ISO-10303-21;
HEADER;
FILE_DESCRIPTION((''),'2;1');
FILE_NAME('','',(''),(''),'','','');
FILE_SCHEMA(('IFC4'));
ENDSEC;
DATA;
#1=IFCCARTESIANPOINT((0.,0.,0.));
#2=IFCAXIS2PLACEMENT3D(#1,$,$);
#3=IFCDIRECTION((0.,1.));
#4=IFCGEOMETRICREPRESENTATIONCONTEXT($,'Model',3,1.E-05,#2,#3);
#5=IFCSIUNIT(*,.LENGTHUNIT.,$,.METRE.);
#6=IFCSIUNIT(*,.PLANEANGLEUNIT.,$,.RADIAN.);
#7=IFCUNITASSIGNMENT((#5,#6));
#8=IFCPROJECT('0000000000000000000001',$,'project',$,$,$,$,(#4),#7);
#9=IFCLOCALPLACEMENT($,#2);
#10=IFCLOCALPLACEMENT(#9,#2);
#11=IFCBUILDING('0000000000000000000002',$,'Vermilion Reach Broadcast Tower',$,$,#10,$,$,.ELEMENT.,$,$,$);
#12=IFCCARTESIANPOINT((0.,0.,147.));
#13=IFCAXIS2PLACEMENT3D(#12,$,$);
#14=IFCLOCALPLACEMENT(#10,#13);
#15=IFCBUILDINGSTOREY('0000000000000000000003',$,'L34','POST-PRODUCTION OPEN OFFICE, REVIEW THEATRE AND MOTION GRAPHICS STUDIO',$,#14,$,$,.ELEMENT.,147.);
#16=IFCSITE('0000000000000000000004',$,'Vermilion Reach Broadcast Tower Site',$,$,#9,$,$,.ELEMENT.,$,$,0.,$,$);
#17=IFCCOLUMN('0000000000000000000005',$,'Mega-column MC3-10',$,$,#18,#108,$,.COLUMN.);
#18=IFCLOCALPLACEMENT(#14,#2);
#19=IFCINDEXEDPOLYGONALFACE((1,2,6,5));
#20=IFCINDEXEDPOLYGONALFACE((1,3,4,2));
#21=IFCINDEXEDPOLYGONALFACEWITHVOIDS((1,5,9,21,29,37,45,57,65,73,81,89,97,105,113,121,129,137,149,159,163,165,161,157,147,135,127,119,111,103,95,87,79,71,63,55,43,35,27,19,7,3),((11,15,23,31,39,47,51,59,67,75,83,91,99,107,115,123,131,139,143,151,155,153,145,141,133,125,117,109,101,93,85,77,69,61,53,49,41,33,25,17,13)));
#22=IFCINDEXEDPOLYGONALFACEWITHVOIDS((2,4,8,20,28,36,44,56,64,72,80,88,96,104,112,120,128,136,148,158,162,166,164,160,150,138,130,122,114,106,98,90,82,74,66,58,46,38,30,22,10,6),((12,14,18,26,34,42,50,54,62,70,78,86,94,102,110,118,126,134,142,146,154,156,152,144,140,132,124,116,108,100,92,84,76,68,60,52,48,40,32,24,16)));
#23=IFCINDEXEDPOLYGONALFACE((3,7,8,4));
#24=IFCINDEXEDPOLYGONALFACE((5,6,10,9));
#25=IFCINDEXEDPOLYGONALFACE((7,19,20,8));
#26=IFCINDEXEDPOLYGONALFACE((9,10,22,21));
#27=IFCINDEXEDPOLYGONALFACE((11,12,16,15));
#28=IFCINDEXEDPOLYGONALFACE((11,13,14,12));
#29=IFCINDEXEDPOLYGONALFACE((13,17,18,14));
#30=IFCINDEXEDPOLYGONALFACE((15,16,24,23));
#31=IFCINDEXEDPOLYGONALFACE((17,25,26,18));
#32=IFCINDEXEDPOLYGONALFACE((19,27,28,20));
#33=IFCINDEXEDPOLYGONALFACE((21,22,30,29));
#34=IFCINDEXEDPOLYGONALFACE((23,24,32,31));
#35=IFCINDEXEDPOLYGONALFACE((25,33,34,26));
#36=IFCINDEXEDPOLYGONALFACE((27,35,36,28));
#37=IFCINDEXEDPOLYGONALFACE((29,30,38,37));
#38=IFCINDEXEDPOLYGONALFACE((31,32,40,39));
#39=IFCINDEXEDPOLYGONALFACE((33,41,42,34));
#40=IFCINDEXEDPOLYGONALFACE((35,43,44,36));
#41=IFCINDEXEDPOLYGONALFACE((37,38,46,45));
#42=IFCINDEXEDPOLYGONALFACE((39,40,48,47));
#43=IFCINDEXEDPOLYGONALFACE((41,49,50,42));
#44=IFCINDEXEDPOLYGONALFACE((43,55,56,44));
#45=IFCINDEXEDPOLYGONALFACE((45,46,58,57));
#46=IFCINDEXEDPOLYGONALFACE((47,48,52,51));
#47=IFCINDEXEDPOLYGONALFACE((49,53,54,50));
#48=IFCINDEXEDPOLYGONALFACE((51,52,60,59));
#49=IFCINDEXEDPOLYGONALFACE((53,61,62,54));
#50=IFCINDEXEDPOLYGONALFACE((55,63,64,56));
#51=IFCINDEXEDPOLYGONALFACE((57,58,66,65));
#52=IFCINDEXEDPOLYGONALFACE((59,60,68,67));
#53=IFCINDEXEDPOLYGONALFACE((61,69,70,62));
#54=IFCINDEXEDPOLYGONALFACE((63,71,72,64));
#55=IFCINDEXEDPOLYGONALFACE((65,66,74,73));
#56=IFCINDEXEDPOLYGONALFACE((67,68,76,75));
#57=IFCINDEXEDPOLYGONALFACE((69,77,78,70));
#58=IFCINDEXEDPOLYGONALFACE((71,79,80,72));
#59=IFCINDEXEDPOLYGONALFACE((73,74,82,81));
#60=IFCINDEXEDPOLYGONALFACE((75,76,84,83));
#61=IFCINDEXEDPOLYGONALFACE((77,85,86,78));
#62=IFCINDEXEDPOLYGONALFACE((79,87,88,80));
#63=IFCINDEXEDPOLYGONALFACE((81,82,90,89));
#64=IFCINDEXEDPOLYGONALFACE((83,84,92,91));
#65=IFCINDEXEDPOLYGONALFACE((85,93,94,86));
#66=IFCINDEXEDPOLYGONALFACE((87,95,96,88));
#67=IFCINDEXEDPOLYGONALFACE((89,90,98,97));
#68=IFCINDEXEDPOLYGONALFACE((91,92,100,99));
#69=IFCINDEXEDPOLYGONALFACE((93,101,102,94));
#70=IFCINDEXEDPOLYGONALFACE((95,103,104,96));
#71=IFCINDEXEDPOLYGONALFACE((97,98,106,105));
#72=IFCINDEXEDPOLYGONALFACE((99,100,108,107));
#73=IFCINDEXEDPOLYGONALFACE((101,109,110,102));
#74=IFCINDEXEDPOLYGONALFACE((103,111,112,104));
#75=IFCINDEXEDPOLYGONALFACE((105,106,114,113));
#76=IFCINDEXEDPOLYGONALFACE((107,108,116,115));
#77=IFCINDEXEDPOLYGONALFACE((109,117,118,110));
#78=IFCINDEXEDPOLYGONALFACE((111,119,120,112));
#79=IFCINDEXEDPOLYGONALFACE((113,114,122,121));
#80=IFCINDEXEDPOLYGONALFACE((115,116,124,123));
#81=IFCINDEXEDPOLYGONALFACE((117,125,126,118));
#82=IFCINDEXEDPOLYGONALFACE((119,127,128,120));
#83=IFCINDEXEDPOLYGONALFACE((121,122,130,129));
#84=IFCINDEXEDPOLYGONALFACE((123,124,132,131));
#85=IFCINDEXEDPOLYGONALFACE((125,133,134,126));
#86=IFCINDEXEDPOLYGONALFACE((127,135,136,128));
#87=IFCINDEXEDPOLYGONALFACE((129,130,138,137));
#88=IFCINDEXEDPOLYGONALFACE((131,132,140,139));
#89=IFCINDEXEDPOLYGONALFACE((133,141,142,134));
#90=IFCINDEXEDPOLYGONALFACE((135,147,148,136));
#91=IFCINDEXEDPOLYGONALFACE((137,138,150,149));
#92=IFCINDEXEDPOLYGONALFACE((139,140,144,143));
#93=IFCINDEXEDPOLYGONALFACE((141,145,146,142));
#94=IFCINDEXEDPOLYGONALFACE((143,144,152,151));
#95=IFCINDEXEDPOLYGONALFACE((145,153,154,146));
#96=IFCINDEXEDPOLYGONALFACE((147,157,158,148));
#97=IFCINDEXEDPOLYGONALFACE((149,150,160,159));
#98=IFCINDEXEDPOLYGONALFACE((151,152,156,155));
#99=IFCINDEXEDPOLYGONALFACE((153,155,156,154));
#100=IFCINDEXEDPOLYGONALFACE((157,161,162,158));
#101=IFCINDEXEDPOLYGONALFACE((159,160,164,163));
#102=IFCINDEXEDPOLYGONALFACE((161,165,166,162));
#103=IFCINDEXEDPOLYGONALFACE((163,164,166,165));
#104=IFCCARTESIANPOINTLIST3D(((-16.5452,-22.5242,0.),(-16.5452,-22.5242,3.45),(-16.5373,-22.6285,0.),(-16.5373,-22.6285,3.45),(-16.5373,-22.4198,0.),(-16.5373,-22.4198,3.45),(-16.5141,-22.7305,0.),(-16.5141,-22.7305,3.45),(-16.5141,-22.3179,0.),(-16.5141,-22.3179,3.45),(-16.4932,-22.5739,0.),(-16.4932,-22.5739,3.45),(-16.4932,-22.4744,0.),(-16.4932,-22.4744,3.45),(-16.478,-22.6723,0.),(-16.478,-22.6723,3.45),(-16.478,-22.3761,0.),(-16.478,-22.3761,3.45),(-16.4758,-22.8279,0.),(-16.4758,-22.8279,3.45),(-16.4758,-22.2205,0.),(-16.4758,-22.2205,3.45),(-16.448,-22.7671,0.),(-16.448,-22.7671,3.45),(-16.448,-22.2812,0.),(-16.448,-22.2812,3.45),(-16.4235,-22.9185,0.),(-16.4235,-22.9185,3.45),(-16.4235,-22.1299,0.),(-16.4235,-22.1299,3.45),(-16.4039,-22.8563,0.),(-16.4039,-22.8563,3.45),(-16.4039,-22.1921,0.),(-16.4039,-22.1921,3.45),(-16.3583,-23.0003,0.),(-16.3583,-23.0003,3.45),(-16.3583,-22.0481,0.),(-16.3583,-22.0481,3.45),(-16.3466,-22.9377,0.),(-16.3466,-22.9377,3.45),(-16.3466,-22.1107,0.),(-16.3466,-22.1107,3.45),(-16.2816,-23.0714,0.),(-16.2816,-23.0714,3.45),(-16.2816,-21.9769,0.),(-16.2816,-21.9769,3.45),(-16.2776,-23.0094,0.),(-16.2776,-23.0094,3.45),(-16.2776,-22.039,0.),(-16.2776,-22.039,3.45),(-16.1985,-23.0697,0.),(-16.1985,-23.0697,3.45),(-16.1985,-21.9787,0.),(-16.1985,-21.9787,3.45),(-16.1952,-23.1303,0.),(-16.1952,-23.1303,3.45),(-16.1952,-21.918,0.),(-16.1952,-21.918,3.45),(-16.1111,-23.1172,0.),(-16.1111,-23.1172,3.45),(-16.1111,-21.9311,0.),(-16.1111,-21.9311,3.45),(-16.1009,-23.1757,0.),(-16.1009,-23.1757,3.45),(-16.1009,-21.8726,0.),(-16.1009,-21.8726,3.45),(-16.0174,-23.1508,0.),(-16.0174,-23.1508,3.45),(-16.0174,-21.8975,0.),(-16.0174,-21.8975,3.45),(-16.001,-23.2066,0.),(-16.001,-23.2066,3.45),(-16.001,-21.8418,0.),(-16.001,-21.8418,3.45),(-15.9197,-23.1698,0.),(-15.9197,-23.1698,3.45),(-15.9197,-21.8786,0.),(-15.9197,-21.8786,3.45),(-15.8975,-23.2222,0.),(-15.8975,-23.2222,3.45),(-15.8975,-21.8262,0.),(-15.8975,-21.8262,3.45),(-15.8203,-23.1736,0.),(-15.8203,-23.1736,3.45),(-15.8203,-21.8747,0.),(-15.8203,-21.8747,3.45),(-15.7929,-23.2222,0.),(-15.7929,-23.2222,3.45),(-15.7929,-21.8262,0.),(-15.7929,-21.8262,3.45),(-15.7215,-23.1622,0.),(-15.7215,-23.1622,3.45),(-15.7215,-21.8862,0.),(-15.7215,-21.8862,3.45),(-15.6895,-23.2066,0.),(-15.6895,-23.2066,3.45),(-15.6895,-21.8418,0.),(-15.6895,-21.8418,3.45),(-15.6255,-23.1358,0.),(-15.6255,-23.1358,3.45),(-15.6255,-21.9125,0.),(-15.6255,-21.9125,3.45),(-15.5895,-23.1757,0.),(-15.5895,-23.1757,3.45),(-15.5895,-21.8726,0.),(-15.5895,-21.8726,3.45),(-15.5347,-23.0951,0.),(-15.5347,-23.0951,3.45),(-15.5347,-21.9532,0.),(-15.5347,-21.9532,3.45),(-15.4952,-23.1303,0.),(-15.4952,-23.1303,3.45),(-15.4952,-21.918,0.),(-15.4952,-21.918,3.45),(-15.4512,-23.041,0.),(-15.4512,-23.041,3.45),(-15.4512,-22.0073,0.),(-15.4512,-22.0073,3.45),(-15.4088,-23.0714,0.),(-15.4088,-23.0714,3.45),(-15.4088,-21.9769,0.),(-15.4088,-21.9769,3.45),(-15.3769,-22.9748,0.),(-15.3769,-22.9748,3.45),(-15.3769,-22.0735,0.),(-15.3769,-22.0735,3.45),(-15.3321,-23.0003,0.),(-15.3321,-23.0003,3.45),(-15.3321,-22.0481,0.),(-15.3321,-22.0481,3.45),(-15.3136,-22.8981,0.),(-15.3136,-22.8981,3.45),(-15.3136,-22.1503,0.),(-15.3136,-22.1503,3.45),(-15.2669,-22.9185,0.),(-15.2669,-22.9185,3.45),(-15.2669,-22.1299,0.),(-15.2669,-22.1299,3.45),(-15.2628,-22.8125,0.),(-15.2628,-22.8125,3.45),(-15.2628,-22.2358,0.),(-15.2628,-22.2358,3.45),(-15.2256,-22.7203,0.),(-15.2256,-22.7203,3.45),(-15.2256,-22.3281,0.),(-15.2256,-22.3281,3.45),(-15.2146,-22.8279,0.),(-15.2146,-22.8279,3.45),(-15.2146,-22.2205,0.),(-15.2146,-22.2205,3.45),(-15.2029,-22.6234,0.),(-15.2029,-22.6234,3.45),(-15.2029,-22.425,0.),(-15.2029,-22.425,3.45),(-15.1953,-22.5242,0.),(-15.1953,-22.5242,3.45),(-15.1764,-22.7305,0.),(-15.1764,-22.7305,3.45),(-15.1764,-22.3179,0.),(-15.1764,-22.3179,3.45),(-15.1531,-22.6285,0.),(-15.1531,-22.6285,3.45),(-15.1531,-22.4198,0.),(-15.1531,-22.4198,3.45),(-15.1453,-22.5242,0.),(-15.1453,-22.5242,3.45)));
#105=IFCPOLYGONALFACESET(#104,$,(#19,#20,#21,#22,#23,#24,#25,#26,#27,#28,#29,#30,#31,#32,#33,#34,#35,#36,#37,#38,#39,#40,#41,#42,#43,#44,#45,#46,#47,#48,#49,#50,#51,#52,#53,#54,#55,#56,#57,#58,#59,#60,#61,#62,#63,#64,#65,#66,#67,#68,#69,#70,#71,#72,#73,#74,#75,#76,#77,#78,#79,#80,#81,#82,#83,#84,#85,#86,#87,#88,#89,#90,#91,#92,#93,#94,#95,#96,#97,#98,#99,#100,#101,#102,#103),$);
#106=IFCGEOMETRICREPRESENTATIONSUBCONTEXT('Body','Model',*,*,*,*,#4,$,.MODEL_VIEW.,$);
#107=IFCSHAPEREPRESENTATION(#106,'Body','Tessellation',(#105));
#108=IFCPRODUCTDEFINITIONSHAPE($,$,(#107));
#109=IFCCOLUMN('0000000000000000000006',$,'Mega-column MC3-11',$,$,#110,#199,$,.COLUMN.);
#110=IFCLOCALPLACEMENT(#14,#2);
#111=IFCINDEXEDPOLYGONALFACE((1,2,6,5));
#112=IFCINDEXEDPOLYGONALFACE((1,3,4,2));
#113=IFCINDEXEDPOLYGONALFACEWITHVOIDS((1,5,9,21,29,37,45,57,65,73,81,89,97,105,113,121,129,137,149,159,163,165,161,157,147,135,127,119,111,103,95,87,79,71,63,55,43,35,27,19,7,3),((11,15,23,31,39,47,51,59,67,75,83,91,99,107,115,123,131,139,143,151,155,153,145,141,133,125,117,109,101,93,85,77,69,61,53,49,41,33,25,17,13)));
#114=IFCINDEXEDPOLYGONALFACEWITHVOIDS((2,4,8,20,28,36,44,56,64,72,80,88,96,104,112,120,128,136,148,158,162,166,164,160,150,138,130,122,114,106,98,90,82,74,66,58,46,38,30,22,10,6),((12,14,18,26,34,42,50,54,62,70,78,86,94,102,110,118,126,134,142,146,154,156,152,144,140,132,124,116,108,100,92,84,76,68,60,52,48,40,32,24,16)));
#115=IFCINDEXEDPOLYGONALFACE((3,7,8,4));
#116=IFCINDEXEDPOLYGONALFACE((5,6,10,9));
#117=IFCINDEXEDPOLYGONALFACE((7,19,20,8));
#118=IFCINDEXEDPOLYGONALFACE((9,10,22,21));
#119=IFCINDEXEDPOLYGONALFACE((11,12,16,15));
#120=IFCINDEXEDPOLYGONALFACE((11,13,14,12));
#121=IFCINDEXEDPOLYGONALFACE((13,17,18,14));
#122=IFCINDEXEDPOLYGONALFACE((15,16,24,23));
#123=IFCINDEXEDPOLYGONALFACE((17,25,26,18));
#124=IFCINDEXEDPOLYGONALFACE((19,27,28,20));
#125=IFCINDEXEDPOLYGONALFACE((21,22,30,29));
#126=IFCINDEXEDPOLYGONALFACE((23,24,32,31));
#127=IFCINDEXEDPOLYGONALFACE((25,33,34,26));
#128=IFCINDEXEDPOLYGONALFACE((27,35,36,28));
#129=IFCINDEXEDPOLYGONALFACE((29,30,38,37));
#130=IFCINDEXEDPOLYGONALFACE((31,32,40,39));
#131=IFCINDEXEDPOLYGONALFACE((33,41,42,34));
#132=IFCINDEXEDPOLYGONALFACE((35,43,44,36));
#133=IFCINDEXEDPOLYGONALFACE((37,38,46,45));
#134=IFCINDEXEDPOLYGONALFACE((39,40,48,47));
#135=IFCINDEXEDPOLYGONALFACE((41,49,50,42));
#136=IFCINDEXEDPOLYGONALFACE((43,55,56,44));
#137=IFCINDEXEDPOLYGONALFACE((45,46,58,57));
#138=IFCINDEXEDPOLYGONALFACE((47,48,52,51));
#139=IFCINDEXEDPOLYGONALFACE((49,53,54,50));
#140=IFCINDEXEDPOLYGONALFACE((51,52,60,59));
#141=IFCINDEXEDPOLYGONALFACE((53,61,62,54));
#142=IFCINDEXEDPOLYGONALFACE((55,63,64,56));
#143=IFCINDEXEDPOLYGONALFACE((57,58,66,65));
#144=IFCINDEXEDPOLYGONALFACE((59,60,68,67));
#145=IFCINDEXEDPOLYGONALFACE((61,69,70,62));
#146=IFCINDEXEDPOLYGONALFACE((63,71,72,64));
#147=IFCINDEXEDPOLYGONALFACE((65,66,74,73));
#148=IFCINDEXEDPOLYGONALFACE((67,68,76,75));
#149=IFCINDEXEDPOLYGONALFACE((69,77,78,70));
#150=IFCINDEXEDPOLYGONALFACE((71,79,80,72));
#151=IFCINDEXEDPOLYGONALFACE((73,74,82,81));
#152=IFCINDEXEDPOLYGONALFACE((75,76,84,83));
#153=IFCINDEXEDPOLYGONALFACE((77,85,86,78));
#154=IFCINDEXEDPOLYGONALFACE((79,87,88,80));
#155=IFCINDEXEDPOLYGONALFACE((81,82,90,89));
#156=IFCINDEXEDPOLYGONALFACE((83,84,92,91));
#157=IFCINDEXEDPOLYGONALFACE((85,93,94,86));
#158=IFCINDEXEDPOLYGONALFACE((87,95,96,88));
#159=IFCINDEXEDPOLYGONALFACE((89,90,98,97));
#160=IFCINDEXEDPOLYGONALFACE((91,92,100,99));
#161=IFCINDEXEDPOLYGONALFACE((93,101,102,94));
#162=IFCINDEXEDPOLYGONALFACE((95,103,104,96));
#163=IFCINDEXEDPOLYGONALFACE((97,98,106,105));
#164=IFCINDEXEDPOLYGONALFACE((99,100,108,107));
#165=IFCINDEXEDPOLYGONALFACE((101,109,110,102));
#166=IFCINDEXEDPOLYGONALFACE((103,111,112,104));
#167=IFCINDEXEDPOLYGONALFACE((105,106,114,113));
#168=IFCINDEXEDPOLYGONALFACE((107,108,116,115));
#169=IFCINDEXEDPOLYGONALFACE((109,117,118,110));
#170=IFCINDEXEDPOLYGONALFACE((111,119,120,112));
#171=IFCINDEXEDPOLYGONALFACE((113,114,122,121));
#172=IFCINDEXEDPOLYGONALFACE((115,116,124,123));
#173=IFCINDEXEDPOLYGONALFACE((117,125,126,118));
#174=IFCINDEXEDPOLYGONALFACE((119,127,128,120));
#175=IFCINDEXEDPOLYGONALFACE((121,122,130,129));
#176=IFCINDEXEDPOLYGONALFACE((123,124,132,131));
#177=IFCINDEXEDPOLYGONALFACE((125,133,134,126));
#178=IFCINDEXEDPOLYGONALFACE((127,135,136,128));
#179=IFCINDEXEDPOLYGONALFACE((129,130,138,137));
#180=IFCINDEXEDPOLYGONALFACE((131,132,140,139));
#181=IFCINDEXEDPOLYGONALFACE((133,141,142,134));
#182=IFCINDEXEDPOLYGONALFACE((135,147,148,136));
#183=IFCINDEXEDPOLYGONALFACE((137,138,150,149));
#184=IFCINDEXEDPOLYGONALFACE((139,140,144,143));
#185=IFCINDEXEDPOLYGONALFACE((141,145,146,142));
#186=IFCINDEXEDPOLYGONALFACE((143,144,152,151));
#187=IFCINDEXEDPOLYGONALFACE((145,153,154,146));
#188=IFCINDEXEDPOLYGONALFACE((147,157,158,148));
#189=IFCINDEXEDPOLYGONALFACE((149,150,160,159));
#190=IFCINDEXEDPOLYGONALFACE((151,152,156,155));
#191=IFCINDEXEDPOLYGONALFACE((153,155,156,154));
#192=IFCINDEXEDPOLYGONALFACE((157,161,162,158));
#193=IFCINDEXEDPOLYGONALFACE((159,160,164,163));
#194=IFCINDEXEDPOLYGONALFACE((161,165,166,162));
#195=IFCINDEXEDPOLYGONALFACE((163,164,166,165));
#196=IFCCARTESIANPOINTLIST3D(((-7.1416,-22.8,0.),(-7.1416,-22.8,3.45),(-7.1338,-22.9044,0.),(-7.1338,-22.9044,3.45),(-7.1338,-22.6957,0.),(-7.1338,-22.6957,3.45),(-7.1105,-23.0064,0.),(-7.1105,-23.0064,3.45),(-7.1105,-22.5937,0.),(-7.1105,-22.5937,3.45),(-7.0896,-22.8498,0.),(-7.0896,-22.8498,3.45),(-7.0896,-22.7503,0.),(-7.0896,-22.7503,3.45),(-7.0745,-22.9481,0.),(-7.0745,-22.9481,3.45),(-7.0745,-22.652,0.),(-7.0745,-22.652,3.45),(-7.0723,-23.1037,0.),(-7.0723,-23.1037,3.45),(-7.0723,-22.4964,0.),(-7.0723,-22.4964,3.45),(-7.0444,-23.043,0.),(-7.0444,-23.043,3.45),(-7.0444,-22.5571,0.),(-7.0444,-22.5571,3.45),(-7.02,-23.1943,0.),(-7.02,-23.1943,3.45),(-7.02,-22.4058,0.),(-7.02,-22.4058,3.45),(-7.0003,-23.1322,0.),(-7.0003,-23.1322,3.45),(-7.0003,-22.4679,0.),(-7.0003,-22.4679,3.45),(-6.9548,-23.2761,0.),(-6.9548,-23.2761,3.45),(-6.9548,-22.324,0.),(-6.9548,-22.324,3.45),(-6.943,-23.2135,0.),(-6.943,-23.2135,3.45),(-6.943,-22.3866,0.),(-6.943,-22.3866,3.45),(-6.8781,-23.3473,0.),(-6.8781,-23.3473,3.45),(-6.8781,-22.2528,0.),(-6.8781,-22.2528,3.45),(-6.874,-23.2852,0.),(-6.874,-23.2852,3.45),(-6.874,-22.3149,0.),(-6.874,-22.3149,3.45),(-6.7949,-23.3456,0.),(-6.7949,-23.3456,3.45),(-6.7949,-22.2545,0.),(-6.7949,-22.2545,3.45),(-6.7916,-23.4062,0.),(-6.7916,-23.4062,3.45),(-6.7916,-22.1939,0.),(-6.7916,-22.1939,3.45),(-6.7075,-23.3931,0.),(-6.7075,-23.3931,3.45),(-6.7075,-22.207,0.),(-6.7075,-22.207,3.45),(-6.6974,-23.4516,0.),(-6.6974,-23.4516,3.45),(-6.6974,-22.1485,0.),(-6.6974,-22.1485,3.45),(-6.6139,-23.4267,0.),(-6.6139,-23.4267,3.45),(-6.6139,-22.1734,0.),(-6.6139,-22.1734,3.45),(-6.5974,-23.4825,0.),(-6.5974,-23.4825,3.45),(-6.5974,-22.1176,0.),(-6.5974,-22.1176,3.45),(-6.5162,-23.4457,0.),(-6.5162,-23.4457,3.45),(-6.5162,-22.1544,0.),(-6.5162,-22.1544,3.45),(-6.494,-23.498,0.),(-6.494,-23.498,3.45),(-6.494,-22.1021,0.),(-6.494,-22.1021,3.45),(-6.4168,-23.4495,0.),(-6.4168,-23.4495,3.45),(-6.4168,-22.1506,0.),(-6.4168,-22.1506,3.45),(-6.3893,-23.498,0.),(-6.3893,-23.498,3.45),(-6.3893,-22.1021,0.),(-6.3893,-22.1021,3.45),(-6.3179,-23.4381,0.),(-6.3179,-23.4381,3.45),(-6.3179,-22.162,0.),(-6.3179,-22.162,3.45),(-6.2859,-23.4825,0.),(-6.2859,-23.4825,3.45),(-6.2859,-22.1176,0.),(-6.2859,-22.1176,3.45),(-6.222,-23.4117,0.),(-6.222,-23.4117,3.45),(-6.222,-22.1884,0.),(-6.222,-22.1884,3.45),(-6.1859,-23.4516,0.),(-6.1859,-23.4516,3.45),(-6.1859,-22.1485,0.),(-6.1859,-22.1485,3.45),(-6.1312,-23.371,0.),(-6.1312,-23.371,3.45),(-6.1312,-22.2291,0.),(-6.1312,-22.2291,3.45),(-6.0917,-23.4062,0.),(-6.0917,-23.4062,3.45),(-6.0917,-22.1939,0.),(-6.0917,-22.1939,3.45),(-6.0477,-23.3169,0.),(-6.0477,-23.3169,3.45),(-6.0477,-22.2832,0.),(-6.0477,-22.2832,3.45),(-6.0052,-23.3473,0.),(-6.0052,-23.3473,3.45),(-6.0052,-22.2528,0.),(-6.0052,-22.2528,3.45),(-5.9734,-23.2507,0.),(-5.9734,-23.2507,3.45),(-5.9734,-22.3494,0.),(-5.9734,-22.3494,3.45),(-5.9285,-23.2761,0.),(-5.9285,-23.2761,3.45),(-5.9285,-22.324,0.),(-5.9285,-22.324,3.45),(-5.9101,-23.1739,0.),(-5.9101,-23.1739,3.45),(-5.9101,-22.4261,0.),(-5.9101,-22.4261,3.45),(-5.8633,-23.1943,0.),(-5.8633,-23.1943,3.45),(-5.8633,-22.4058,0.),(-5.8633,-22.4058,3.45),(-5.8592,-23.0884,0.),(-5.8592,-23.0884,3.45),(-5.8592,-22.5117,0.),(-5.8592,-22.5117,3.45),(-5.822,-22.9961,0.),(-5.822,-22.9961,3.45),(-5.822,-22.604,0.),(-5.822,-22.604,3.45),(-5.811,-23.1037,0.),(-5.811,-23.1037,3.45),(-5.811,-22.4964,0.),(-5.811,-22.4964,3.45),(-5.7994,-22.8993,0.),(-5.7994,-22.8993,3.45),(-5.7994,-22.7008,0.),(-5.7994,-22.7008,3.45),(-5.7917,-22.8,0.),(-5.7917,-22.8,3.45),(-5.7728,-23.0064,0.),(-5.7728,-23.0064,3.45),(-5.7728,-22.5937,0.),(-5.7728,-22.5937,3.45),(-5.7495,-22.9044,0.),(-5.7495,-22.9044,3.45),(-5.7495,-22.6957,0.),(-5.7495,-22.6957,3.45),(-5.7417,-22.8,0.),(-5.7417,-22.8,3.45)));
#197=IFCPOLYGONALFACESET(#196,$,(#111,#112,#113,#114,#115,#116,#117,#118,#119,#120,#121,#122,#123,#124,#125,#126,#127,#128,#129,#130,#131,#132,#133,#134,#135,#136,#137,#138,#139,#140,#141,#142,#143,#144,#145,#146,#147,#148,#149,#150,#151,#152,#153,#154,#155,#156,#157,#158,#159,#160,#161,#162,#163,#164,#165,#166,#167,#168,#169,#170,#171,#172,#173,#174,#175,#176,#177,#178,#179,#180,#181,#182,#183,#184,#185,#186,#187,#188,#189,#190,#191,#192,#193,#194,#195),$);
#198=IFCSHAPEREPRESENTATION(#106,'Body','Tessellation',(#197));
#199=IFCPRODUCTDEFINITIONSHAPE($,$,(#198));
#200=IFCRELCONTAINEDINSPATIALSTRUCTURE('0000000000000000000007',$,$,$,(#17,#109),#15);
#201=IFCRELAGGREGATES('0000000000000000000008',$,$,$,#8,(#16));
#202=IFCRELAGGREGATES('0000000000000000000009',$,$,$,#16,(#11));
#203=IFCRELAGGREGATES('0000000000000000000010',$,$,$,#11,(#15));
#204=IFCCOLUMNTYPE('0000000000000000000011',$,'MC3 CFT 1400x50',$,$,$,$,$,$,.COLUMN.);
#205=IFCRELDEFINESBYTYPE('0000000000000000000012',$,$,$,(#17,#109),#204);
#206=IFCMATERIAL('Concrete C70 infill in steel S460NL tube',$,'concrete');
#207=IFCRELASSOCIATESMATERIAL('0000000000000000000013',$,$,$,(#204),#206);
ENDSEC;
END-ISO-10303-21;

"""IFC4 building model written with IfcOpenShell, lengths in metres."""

from ifc_helpers import new_model, si_unit, direction, frame, origin, origin_2d, place, context, subcontext, project, spatial, hollow_circle, extrude, material, material_profile, profile_set, type_object, element, save


model = new_model("IFC4")

# Units and contexts
model_context = context("Model", 3, precision=1e-05, world=origin(), true_north=direction((0.0, 1.0)))
body_context = subcontext(model_context, "Body", "Model", "MODEL_VIEW")
ifc_project = project(units=[si_unit("LENGTHUNIT", "METRE"), si_unit("PLANEANGLEUNIT", "RADIAN")], contexts=[model_context])

# Site, building, storey
site_placement = place(None, origin())
site = spatial("IfcSite", under=ifc_project, at=site_placement, Name="Vermilion Reach Broadcast Tower Site", CompositionType="ELEMENT", RefElevation=0.0)
building_placement = place(site_placement, origin())
building = spatial("IfcBuilding", under=site, at=building_placement, Name="Vermilion Reach Broadcast Tower", CompositionType="ELEMENT")
storey_placement = place(building_placement, frame((0.0, 0.0, 147.0)))
storey = spatial("IfcBuildingStorey", under=building, at=storey_placement, Name="L34", Description="POST-PRODUCTION OPEN OFFICE, REVIEW THEATRE AND MOTION GRAPHICS STUDIO", CompositionType="ELEMENT", Elevation=147.0)

# Columns
ifc_material_1 = material(Name="Concrete C70 infill in steel S460NL tube", Category="concrete")
ifc_material_profile_1 = material_profile(ifc_material_1, hollow_circle(Radius=0.7, WallThickness=0.05, at=origin_2d()), Name="Concrete C70 infill in steel S460NL tube CFT 1400x50")
ifc_profile_set_1 = profile_set([ifc_material_profile_1], Name="Concrete C70 infill in steel S460NL tube")
column_type = type_object("IfcColumnType", Name="MC3 CFT 1400x50", PredefinedType="COLUMN", material=ifc_profile_set_1)
for number, where, z_axis, x_axis, name in (
    (1, (-15.8452, -22.5242, 0.0), (0.0, 0.0, 1.0), (1.0, 0.0, 0.0), "Mega-column MC3-10"),
    (2, (-6.4417, -22.8, 0.0), (0.0, 0.0, 1.0), (1.0, 0.0, 0.0), "Mega-column MC3-11"),
):
    element("IfcColumn", number, at=place(storey_placement, frame(where, z_axis=z_axis, x_axis=x_axis)), inside=storey, type_object=column_type, Name=name, PredefinedType="COLUMN", context=body_context, shape_type="SweptSolid", body=[
        extrude(hollow_circle(Radius=0.7, WallThickness=0.05, at=origin_2d()), origin(), (0.0, 0.0, 1.0), 3.45),
    ])

save(model, "model.ifc")
